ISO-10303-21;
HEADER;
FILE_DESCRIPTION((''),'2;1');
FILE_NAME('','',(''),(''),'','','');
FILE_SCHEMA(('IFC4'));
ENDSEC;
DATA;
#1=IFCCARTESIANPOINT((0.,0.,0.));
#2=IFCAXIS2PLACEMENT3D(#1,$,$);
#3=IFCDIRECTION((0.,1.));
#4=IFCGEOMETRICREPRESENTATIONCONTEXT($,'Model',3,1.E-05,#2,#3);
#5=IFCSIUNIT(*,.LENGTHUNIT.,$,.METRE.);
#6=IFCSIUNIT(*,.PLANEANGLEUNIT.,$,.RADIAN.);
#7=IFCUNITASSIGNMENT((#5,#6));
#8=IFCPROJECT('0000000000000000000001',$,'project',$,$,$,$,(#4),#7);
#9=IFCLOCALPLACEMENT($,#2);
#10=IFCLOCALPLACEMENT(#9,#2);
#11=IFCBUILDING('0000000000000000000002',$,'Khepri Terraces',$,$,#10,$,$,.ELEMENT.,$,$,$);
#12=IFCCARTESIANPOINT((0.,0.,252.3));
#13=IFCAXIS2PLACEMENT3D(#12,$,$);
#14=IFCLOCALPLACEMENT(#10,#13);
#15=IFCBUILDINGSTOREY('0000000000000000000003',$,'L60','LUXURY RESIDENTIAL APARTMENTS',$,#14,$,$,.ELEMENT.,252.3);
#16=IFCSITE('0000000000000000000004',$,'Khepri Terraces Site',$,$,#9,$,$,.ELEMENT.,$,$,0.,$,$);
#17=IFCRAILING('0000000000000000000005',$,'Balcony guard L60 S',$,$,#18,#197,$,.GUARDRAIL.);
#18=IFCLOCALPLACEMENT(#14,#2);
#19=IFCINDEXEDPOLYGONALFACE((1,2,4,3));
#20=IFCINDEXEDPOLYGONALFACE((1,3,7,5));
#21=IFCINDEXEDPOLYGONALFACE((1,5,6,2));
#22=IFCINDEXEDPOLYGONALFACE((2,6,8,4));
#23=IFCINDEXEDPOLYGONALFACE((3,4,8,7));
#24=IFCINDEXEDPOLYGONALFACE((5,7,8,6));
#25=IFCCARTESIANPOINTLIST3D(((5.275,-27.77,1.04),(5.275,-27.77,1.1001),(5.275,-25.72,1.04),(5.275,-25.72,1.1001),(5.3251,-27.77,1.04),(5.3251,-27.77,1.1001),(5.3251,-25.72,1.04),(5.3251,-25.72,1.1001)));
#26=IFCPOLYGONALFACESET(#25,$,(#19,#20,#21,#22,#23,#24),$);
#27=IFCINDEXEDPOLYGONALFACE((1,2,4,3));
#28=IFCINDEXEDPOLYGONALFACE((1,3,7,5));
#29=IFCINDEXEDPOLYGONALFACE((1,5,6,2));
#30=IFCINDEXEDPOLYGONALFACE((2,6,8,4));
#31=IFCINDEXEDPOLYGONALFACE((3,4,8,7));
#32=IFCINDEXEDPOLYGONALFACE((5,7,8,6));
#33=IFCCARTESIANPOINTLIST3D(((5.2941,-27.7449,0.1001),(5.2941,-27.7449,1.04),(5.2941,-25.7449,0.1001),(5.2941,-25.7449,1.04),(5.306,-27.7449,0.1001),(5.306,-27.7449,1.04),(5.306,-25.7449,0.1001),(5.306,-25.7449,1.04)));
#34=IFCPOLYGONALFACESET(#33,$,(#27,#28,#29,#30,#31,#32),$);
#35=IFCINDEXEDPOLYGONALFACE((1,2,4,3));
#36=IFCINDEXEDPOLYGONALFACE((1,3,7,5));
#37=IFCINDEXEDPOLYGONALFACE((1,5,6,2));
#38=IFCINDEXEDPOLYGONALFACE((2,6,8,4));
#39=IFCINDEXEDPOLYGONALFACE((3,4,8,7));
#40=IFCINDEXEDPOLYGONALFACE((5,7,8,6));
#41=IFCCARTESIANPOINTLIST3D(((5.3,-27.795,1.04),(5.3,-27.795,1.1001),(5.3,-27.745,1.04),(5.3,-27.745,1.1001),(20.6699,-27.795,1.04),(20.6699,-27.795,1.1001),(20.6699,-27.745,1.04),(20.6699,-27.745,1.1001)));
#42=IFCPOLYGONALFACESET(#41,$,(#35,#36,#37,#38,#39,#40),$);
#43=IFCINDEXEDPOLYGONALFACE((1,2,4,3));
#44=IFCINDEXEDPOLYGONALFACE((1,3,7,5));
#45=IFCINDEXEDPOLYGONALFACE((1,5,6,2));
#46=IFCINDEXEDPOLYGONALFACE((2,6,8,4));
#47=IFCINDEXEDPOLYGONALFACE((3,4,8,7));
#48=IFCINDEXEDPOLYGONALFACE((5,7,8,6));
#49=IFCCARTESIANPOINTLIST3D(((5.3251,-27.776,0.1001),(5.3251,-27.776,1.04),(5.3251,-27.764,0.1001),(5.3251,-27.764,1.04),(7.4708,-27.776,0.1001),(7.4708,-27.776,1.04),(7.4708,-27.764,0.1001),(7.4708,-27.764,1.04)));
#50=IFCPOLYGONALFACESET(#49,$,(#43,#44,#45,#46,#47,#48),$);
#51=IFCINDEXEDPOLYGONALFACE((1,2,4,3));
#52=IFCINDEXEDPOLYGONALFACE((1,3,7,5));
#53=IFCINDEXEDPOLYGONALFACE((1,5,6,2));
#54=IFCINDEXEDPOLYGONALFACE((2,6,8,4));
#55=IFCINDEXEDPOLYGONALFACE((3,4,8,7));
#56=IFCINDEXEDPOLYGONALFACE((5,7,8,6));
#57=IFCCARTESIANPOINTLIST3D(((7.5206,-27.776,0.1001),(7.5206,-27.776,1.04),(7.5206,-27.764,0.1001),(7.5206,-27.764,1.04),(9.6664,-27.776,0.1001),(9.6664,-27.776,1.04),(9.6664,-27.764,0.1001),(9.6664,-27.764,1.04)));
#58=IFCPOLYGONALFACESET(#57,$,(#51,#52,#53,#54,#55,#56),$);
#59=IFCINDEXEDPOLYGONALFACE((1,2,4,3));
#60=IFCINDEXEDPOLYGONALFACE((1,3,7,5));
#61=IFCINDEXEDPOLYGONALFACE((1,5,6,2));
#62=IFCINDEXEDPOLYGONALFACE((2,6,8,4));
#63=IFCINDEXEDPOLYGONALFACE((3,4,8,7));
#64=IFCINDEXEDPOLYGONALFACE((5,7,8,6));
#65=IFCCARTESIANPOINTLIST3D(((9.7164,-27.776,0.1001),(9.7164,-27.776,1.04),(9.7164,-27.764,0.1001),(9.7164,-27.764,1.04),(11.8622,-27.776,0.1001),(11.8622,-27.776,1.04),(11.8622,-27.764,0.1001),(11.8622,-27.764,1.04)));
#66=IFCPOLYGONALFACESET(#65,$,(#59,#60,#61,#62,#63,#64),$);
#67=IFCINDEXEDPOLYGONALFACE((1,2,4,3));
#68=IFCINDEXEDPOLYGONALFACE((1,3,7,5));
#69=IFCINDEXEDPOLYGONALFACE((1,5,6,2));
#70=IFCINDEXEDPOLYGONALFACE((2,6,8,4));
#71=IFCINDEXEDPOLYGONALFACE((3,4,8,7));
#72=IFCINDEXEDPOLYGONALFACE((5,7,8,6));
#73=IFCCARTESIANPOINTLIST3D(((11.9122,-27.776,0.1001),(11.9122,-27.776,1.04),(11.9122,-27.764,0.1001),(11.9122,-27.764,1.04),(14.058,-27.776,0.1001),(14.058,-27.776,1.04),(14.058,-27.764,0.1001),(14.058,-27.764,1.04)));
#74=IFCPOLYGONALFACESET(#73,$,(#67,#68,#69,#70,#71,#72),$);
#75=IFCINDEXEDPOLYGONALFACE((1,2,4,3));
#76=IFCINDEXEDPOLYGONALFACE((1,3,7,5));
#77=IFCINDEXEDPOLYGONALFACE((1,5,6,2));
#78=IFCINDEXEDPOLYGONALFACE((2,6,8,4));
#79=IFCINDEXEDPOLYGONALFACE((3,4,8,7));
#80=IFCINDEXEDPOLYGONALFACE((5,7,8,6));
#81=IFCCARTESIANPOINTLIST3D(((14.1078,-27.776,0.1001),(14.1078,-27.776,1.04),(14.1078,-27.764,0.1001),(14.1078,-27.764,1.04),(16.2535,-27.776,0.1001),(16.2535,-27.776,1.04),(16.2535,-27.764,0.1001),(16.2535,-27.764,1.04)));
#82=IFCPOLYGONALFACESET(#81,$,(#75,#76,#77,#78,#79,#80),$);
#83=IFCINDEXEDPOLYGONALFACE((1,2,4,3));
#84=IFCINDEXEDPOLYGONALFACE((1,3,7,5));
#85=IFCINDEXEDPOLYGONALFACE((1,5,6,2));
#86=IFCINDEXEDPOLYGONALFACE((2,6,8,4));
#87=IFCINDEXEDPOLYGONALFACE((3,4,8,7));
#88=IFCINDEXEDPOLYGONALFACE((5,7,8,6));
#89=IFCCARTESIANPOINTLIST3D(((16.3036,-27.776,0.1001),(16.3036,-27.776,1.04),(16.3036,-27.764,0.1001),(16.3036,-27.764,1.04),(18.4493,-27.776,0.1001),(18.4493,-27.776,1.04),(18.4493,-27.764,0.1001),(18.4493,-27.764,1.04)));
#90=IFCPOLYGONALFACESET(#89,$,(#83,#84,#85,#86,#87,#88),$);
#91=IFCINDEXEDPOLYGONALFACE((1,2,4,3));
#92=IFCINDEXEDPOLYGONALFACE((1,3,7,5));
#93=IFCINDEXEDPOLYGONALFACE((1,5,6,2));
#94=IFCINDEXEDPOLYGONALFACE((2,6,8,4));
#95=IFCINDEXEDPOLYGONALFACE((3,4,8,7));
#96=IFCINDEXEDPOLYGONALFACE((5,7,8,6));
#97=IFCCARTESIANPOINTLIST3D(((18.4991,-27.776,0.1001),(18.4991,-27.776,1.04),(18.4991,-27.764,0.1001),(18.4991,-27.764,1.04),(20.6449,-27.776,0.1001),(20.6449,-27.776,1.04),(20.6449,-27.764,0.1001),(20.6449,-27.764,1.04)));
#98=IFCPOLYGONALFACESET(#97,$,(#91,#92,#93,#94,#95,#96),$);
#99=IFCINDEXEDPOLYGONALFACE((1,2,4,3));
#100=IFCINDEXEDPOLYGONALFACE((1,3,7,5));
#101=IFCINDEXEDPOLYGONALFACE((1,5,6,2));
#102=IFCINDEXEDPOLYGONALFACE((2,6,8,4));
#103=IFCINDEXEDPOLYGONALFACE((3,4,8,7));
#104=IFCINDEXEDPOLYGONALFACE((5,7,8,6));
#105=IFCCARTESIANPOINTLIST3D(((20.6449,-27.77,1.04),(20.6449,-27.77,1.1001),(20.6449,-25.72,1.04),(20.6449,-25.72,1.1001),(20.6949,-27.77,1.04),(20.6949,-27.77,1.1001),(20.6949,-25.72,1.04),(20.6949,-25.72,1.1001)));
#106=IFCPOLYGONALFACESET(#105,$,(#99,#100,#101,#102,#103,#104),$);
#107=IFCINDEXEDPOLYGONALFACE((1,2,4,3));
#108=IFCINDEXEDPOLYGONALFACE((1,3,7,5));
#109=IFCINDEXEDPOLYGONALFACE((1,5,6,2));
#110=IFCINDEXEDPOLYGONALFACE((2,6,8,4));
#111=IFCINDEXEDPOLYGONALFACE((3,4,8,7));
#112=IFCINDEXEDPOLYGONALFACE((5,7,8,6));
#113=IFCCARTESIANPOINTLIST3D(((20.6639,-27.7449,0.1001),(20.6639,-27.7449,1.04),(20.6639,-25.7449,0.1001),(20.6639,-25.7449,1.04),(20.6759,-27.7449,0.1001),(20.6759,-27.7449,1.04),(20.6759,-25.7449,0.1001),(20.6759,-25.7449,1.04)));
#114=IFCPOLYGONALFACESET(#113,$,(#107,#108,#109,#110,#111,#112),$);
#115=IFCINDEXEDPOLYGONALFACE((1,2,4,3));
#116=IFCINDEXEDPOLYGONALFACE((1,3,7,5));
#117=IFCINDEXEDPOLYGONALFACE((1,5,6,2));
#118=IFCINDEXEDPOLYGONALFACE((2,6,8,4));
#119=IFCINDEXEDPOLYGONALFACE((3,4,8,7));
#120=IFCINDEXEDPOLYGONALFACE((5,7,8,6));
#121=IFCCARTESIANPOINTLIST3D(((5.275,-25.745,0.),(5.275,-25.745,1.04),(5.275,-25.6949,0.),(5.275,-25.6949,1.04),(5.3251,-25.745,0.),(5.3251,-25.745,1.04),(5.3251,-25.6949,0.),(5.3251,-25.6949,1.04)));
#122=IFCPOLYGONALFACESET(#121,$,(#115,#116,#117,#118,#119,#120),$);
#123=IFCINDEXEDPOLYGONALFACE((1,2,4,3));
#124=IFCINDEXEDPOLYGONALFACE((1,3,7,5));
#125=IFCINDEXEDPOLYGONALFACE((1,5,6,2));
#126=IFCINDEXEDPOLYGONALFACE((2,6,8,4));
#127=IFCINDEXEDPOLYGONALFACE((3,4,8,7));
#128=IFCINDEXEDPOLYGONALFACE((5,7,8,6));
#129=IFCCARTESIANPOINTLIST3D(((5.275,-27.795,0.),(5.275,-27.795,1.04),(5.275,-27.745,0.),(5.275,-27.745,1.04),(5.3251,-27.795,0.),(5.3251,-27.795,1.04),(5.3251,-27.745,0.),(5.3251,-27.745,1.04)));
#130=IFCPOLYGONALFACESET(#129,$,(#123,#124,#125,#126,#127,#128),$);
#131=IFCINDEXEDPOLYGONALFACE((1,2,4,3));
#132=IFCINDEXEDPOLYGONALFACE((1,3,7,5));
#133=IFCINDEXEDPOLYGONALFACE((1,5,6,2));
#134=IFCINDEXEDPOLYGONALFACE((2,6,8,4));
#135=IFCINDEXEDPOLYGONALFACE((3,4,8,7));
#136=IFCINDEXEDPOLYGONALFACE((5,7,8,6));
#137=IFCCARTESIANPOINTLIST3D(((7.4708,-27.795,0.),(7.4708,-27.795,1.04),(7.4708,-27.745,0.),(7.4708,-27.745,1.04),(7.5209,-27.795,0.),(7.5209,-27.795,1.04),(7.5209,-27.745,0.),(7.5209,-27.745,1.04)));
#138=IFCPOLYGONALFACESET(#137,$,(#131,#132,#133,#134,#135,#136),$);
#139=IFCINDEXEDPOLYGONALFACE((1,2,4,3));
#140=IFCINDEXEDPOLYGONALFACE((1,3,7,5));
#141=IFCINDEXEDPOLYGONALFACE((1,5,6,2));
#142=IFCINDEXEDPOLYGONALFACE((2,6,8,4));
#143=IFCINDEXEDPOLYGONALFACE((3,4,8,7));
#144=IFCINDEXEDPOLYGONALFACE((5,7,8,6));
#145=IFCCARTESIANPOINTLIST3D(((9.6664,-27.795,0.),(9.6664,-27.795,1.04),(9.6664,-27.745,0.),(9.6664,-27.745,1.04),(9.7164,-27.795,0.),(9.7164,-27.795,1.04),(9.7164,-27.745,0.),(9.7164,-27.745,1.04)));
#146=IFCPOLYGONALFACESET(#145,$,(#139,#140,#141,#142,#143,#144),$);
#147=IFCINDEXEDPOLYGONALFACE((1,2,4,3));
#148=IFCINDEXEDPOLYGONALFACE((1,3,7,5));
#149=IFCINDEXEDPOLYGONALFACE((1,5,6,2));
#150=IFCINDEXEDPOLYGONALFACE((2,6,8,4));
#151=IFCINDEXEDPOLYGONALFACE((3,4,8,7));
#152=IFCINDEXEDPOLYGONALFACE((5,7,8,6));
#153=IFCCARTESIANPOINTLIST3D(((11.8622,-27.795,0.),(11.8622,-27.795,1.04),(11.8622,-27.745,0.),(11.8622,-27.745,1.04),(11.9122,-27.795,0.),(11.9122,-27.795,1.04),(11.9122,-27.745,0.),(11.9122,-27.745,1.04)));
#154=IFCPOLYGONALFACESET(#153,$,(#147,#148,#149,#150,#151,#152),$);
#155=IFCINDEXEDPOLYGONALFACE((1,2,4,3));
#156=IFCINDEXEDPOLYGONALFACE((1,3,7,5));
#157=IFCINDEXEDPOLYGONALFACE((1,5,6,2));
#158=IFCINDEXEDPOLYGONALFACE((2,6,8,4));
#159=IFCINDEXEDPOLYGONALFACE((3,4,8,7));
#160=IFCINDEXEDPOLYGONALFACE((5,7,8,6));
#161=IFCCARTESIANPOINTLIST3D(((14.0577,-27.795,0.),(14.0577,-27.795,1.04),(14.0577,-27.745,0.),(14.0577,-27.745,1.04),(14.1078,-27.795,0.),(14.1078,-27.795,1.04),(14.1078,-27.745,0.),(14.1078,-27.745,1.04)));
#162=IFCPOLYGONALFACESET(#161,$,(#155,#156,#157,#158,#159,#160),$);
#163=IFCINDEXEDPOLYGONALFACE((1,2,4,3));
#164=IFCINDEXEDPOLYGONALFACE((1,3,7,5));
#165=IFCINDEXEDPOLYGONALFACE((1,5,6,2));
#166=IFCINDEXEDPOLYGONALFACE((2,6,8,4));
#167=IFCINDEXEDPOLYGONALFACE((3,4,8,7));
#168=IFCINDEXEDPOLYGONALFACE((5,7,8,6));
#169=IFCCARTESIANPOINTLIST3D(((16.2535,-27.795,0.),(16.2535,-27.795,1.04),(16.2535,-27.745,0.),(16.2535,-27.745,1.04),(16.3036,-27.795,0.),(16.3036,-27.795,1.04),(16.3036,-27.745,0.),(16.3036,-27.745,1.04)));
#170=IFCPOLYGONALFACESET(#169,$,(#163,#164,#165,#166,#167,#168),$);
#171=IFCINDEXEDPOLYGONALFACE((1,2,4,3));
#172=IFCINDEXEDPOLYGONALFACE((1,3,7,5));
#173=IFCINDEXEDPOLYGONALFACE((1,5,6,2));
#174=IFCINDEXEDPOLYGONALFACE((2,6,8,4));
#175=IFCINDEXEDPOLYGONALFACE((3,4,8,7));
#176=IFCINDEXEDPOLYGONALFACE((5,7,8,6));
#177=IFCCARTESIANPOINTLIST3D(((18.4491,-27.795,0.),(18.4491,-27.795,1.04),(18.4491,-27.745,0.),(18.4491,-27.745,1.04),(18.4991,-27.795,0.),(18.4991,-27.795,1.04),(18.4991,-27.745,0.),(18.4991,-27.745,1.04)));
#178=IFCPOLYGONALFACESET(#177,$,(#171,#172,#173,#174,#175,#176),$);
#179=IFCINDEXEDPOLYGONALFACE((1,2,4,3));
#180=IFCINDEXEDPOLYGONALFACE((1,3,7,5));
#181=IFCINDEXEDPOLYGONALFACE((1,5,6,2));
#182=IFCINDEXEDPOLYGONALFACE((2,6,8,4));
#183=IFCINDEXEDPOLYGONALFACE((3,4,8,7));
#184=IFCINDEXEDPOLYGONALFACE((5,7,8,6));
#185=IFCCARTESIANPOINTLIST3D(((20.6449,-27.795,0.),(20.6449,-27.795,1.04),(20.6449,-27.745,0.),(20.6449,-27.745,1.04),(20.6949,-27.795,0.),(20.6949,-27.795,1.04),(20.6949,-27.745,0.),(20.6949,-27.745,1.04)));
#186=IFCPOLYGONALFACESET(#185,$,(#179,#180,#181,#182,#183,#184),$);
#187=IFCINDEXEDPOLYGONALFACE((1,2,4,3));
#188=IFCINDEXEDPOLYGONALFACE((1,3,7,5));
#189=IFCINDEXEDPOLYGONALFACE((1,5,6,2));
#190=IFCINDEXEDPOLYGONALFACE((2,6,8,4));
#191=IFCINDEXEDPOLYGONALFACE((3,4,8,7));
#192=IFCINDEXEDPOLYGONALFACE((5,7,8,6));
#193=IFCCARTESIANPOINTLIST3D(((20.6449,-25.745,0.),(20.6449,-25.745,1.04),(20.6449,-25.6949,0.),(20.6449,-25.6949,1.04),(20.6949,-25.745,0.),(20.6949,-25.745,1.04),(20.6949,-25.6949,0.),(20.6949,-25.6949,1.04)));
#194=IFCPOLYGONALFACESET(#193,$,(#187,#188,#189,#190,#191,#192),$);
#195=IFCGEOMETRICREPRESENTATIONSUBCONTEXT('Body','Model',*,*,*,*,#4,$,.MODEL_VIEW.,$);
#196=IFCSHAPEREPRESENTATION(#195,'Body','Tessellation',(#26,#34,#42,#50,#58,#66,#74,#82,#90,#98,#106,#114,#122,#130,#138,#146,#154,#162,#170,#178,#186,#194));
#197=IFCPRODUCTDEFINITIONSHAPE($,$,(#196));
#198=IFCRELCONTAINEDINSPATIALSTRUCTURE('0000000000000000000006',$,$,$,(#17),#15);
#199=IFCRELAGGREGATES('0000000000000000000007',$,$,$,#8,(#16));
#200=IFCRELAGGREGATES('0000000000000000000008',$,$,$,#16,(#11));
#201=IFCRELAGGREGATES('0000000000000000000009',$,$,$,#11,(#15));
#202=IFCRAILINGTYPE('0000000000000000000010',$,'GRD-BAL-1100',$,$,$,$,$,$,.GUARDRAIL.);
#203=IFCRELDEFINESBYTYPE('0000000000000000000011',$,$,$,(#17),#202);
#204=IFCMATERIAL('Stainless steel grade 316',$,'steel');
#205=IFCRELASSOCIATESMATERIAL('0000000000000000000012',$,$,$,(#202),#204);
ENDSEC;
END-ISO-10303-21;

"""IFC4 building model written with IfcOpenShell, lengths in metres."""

from ifc_helpers import new_model, si_unit, direction, frame, origin, origin_2d, place, context, subcontext, project, spatial, rectangle, extrude, material, type_object, element, save


model = new_model("IFC4")

# Units and contexts
model_context = context("Model", 3, precision=1e-05, world=origin(), true_north=direction((0.0, 1.0)))
body_context = subcontext(model_context, "Body", "Model", "MODEL_VIEW")
ifc_project = project(units=[si_unit("LENGTHUNIT", "METRE"), si_unit("PLANEANGLEUNIT", "RADIAN")], contexts=[model_context])

# Site, building, storey
site_placement = place(None, origin())
site = spatial("IfcSite", under=ifc_project, at=site_placement, Name="Khepri Terraces Site", CompositionType="ELEMENT", RefElevation=0.0)
building_placement = place(site_placement, origin())
building = spatial("IfcBuilding", under=site, at=building_placement, Name="Khepri Terraces", CompositionType="ELEMENT")
storey_placement = place(building_placement, frame((0.0, 0.0, 252.3)))
storey = spatial("IfcBuildingStorey", under=building, at=storey_placement, Name="L60", Description="LUXURY RESIDENTIAL APARTMENTS", CompositionType="ELEMENT", Elevation=252.3)

# Railing
ifc_material_1 = material(Name="Stainless steel grade 316", Category="steel")
railing_type = type_object("IfcRailingType", Name="GRD-BAL-1100", PredefinedType="GUARDRAIL", material=ifc_material_1)
railing_placement = place(storey_placement, frame((5.3, -25.72, 0.0)))
element("IfcRailing", 1, at=railing_placement, inside=storey, type_object=railing_type, Name="Balcony guard L60 S", PredefinedType="GUARDRAIL", context=body_context, shape_type="SweptSolid", body=[
    extrude(rectangle(XDim=0.05, YDim=0.0601, at=origin_2d()), frame((0.0, 0.0, 1.0701), z_axis=(0.0, -1.0, 0.0), x_axis=(1.0, 0.0, 0.0)), (0.0, 0.0, 1.0), 2.05),
    extrude(rectangle(XDim=2.0, YDim=0.012, at=origin_2d()), frame((0.0, -1.0249, 0.1001), z_axis=(0.0, 0.0, 1.0), x_axis=(0.0, -1.0, 0.0)), (0.0, 0.0, 1.0), 0.9399),
    extrude(rectangle(XDim=0.05, YDim=0.0601, at=origin_2d()), frame((0.0, -2.05, 1.0701), z_axis=(1.0, 0.0, 0.0), x_axis=(0.0, 1.0, 0.0)), (0.0, 0.0, 1.0), 15.3699),
    extrude(rectangle(XDim=2.1458, YDim=0.012, at=origin_2d()), frame((1.0979, -2.05, 0.1001), z_axis=(0.0, 0.0, 1.0), x_axis=(1.0, 0.0, 0.0)), (0.0, 0.0, 1.0), 0.9399),
    extrude(rectangle(XDim=2.1458, YDim=0.012, at=origin_2d()), frame((3.2935, -2.05, 0.1001), z_axis=(0.0, 0.0, 1.0), x_axis=(1.0, 0.0, 0.0)), (0.0, 0.0, 1.0), 0.9399),
    extrude(rectangle(XDim=2.1458, YDim=0.012, at=origin_2d()), frame((5.4893, -2.05, 0.1001), z_axis=(0.0, 0.0, 1.0), x_axis=(1.0, 0.0, 0.0)), (0.0, 0.0, 1.0), 0.9399),
    extrude(rectangle(XDim=2.1458, YDim=0.012, at=origin_2d()), frame((7.6851, -2.05, 0.1001), z_axis=(0.0, 0.0, 1.0), x_axis=(1.0, 0.0, 0.0)), (0.0, 0.0, 1.0), 0.9399),
    extrude(rectangle(XDim=2.1458, YDim=0.012, at=origin_2d()), frame((9.8806, -2.05, 0.1001), z_axis=(0.0, 0.0, 1.0), x_axis=(1.0, 0.0, 0.0)), (0.0, 0.0, 1.0), 0.9399),
    extrude(rectangle(XDim=2.1458, YDim=0.012, at=origin_2d()), frame((12.0764, -2.05, 0.1001), z_axis=(0.0, 0.0, 1.0), x_axis=(1.0, 0.0, 0.0)), (0.0, 0.0, 1.0), 0.9399),
    extrude(rectangle(XDim=2.1458, YDim=0.012, at=origin_2d()), frame((14.272, -2.05, 0.1001), z_axis=(0.0, 0.0, 1.0), x_axis=(1.0, 0.0, 0.0)), (0.0, 0.0, 1.0), 0.9399),
    extrude(rectangle(XDim=0.05, YDim=0.0601, at=origin_2d()), frame((15.3699, -2.05, 1.0701), z_axis=(0.0, 1.0, 0.0), x_axis=(-1.0, 0.0, 0.0)), (0.0, 0.0, 1.0), 2.05),
    extrude(rectangle(XDim=2.0, YDim=0.012, at=origin_2d()), frame((15.3699, -1.0249, 0.1001), z_axis=(0.0, 0.0, 1.0), x_axis=(0.0, 1.0, 0.0)), (0.0, 0.0, 1.0), 0.9399),
    extrude(rectangle(XDim=0.05, YDim=0.05, at=origin_2d()), origin(), (0.0, 0.0, 1.0), 1.04),
    extrude(rectangle(XDim=0.05, YDim=0.05, at=origin_2d()), frame((0.0, -2.05, 0.0)), (0.0, 0.0, 1.0), 1.04),
    extrude(rectangle(XDim=0.05, YDim=0.05, at=origin_2d()), frame((2.1958, -2.05, 0.0)), (0.0, 0.0, 1.0), 1.04),
    extrude(rectangle(XDim=0.05, YDim=0.05, at=origin_2d()), frame((4.3914, -2.05, 0.0)), (0.0, 0.0, 1.0), 1.04),
    extrude(rectangle(XDim=0.05, YDim=0.05, at=origin_2d()), frame((6.5872, -2.05, 0.0)), (0.0, 0.0, 1.0), 1.04),
    extrude(rectangle(XDim=0.05, YDim=0.05, at=origin_2d()), frame((8.7827, -2.05, 0.0)), (0.0, 0.0, 1.0), 1.04),
    extrude(rectangle(XDim=0.05, YDim=0.05, at=origin_2d()), frame((10.9785, -2.05, 0.0)), (0.0, 0.0, 1.0), 1.04),
    extrude(rectangle(XDim=0.05, YDim=0.05, at=origin_2d()), frame((13.1741, -2.05, 0.0)), (0.0, 0.0, 1.0), 1.04),
    extrude(rectangle(XDim=0.05, YDim=0.05, at=origin_2d()), frame((15.3699, -2.05, 0.0)), (0.0, 0.0, 1.0), 1.04),
    extrude(rectangle(XDim=0.05, YDim=0.05, at=origin_2d()), frame((15.3699, 0.0, 0.0)), (0.0, 0.0, 1.0), 1.04),
])

save(model, "model.ifc")
